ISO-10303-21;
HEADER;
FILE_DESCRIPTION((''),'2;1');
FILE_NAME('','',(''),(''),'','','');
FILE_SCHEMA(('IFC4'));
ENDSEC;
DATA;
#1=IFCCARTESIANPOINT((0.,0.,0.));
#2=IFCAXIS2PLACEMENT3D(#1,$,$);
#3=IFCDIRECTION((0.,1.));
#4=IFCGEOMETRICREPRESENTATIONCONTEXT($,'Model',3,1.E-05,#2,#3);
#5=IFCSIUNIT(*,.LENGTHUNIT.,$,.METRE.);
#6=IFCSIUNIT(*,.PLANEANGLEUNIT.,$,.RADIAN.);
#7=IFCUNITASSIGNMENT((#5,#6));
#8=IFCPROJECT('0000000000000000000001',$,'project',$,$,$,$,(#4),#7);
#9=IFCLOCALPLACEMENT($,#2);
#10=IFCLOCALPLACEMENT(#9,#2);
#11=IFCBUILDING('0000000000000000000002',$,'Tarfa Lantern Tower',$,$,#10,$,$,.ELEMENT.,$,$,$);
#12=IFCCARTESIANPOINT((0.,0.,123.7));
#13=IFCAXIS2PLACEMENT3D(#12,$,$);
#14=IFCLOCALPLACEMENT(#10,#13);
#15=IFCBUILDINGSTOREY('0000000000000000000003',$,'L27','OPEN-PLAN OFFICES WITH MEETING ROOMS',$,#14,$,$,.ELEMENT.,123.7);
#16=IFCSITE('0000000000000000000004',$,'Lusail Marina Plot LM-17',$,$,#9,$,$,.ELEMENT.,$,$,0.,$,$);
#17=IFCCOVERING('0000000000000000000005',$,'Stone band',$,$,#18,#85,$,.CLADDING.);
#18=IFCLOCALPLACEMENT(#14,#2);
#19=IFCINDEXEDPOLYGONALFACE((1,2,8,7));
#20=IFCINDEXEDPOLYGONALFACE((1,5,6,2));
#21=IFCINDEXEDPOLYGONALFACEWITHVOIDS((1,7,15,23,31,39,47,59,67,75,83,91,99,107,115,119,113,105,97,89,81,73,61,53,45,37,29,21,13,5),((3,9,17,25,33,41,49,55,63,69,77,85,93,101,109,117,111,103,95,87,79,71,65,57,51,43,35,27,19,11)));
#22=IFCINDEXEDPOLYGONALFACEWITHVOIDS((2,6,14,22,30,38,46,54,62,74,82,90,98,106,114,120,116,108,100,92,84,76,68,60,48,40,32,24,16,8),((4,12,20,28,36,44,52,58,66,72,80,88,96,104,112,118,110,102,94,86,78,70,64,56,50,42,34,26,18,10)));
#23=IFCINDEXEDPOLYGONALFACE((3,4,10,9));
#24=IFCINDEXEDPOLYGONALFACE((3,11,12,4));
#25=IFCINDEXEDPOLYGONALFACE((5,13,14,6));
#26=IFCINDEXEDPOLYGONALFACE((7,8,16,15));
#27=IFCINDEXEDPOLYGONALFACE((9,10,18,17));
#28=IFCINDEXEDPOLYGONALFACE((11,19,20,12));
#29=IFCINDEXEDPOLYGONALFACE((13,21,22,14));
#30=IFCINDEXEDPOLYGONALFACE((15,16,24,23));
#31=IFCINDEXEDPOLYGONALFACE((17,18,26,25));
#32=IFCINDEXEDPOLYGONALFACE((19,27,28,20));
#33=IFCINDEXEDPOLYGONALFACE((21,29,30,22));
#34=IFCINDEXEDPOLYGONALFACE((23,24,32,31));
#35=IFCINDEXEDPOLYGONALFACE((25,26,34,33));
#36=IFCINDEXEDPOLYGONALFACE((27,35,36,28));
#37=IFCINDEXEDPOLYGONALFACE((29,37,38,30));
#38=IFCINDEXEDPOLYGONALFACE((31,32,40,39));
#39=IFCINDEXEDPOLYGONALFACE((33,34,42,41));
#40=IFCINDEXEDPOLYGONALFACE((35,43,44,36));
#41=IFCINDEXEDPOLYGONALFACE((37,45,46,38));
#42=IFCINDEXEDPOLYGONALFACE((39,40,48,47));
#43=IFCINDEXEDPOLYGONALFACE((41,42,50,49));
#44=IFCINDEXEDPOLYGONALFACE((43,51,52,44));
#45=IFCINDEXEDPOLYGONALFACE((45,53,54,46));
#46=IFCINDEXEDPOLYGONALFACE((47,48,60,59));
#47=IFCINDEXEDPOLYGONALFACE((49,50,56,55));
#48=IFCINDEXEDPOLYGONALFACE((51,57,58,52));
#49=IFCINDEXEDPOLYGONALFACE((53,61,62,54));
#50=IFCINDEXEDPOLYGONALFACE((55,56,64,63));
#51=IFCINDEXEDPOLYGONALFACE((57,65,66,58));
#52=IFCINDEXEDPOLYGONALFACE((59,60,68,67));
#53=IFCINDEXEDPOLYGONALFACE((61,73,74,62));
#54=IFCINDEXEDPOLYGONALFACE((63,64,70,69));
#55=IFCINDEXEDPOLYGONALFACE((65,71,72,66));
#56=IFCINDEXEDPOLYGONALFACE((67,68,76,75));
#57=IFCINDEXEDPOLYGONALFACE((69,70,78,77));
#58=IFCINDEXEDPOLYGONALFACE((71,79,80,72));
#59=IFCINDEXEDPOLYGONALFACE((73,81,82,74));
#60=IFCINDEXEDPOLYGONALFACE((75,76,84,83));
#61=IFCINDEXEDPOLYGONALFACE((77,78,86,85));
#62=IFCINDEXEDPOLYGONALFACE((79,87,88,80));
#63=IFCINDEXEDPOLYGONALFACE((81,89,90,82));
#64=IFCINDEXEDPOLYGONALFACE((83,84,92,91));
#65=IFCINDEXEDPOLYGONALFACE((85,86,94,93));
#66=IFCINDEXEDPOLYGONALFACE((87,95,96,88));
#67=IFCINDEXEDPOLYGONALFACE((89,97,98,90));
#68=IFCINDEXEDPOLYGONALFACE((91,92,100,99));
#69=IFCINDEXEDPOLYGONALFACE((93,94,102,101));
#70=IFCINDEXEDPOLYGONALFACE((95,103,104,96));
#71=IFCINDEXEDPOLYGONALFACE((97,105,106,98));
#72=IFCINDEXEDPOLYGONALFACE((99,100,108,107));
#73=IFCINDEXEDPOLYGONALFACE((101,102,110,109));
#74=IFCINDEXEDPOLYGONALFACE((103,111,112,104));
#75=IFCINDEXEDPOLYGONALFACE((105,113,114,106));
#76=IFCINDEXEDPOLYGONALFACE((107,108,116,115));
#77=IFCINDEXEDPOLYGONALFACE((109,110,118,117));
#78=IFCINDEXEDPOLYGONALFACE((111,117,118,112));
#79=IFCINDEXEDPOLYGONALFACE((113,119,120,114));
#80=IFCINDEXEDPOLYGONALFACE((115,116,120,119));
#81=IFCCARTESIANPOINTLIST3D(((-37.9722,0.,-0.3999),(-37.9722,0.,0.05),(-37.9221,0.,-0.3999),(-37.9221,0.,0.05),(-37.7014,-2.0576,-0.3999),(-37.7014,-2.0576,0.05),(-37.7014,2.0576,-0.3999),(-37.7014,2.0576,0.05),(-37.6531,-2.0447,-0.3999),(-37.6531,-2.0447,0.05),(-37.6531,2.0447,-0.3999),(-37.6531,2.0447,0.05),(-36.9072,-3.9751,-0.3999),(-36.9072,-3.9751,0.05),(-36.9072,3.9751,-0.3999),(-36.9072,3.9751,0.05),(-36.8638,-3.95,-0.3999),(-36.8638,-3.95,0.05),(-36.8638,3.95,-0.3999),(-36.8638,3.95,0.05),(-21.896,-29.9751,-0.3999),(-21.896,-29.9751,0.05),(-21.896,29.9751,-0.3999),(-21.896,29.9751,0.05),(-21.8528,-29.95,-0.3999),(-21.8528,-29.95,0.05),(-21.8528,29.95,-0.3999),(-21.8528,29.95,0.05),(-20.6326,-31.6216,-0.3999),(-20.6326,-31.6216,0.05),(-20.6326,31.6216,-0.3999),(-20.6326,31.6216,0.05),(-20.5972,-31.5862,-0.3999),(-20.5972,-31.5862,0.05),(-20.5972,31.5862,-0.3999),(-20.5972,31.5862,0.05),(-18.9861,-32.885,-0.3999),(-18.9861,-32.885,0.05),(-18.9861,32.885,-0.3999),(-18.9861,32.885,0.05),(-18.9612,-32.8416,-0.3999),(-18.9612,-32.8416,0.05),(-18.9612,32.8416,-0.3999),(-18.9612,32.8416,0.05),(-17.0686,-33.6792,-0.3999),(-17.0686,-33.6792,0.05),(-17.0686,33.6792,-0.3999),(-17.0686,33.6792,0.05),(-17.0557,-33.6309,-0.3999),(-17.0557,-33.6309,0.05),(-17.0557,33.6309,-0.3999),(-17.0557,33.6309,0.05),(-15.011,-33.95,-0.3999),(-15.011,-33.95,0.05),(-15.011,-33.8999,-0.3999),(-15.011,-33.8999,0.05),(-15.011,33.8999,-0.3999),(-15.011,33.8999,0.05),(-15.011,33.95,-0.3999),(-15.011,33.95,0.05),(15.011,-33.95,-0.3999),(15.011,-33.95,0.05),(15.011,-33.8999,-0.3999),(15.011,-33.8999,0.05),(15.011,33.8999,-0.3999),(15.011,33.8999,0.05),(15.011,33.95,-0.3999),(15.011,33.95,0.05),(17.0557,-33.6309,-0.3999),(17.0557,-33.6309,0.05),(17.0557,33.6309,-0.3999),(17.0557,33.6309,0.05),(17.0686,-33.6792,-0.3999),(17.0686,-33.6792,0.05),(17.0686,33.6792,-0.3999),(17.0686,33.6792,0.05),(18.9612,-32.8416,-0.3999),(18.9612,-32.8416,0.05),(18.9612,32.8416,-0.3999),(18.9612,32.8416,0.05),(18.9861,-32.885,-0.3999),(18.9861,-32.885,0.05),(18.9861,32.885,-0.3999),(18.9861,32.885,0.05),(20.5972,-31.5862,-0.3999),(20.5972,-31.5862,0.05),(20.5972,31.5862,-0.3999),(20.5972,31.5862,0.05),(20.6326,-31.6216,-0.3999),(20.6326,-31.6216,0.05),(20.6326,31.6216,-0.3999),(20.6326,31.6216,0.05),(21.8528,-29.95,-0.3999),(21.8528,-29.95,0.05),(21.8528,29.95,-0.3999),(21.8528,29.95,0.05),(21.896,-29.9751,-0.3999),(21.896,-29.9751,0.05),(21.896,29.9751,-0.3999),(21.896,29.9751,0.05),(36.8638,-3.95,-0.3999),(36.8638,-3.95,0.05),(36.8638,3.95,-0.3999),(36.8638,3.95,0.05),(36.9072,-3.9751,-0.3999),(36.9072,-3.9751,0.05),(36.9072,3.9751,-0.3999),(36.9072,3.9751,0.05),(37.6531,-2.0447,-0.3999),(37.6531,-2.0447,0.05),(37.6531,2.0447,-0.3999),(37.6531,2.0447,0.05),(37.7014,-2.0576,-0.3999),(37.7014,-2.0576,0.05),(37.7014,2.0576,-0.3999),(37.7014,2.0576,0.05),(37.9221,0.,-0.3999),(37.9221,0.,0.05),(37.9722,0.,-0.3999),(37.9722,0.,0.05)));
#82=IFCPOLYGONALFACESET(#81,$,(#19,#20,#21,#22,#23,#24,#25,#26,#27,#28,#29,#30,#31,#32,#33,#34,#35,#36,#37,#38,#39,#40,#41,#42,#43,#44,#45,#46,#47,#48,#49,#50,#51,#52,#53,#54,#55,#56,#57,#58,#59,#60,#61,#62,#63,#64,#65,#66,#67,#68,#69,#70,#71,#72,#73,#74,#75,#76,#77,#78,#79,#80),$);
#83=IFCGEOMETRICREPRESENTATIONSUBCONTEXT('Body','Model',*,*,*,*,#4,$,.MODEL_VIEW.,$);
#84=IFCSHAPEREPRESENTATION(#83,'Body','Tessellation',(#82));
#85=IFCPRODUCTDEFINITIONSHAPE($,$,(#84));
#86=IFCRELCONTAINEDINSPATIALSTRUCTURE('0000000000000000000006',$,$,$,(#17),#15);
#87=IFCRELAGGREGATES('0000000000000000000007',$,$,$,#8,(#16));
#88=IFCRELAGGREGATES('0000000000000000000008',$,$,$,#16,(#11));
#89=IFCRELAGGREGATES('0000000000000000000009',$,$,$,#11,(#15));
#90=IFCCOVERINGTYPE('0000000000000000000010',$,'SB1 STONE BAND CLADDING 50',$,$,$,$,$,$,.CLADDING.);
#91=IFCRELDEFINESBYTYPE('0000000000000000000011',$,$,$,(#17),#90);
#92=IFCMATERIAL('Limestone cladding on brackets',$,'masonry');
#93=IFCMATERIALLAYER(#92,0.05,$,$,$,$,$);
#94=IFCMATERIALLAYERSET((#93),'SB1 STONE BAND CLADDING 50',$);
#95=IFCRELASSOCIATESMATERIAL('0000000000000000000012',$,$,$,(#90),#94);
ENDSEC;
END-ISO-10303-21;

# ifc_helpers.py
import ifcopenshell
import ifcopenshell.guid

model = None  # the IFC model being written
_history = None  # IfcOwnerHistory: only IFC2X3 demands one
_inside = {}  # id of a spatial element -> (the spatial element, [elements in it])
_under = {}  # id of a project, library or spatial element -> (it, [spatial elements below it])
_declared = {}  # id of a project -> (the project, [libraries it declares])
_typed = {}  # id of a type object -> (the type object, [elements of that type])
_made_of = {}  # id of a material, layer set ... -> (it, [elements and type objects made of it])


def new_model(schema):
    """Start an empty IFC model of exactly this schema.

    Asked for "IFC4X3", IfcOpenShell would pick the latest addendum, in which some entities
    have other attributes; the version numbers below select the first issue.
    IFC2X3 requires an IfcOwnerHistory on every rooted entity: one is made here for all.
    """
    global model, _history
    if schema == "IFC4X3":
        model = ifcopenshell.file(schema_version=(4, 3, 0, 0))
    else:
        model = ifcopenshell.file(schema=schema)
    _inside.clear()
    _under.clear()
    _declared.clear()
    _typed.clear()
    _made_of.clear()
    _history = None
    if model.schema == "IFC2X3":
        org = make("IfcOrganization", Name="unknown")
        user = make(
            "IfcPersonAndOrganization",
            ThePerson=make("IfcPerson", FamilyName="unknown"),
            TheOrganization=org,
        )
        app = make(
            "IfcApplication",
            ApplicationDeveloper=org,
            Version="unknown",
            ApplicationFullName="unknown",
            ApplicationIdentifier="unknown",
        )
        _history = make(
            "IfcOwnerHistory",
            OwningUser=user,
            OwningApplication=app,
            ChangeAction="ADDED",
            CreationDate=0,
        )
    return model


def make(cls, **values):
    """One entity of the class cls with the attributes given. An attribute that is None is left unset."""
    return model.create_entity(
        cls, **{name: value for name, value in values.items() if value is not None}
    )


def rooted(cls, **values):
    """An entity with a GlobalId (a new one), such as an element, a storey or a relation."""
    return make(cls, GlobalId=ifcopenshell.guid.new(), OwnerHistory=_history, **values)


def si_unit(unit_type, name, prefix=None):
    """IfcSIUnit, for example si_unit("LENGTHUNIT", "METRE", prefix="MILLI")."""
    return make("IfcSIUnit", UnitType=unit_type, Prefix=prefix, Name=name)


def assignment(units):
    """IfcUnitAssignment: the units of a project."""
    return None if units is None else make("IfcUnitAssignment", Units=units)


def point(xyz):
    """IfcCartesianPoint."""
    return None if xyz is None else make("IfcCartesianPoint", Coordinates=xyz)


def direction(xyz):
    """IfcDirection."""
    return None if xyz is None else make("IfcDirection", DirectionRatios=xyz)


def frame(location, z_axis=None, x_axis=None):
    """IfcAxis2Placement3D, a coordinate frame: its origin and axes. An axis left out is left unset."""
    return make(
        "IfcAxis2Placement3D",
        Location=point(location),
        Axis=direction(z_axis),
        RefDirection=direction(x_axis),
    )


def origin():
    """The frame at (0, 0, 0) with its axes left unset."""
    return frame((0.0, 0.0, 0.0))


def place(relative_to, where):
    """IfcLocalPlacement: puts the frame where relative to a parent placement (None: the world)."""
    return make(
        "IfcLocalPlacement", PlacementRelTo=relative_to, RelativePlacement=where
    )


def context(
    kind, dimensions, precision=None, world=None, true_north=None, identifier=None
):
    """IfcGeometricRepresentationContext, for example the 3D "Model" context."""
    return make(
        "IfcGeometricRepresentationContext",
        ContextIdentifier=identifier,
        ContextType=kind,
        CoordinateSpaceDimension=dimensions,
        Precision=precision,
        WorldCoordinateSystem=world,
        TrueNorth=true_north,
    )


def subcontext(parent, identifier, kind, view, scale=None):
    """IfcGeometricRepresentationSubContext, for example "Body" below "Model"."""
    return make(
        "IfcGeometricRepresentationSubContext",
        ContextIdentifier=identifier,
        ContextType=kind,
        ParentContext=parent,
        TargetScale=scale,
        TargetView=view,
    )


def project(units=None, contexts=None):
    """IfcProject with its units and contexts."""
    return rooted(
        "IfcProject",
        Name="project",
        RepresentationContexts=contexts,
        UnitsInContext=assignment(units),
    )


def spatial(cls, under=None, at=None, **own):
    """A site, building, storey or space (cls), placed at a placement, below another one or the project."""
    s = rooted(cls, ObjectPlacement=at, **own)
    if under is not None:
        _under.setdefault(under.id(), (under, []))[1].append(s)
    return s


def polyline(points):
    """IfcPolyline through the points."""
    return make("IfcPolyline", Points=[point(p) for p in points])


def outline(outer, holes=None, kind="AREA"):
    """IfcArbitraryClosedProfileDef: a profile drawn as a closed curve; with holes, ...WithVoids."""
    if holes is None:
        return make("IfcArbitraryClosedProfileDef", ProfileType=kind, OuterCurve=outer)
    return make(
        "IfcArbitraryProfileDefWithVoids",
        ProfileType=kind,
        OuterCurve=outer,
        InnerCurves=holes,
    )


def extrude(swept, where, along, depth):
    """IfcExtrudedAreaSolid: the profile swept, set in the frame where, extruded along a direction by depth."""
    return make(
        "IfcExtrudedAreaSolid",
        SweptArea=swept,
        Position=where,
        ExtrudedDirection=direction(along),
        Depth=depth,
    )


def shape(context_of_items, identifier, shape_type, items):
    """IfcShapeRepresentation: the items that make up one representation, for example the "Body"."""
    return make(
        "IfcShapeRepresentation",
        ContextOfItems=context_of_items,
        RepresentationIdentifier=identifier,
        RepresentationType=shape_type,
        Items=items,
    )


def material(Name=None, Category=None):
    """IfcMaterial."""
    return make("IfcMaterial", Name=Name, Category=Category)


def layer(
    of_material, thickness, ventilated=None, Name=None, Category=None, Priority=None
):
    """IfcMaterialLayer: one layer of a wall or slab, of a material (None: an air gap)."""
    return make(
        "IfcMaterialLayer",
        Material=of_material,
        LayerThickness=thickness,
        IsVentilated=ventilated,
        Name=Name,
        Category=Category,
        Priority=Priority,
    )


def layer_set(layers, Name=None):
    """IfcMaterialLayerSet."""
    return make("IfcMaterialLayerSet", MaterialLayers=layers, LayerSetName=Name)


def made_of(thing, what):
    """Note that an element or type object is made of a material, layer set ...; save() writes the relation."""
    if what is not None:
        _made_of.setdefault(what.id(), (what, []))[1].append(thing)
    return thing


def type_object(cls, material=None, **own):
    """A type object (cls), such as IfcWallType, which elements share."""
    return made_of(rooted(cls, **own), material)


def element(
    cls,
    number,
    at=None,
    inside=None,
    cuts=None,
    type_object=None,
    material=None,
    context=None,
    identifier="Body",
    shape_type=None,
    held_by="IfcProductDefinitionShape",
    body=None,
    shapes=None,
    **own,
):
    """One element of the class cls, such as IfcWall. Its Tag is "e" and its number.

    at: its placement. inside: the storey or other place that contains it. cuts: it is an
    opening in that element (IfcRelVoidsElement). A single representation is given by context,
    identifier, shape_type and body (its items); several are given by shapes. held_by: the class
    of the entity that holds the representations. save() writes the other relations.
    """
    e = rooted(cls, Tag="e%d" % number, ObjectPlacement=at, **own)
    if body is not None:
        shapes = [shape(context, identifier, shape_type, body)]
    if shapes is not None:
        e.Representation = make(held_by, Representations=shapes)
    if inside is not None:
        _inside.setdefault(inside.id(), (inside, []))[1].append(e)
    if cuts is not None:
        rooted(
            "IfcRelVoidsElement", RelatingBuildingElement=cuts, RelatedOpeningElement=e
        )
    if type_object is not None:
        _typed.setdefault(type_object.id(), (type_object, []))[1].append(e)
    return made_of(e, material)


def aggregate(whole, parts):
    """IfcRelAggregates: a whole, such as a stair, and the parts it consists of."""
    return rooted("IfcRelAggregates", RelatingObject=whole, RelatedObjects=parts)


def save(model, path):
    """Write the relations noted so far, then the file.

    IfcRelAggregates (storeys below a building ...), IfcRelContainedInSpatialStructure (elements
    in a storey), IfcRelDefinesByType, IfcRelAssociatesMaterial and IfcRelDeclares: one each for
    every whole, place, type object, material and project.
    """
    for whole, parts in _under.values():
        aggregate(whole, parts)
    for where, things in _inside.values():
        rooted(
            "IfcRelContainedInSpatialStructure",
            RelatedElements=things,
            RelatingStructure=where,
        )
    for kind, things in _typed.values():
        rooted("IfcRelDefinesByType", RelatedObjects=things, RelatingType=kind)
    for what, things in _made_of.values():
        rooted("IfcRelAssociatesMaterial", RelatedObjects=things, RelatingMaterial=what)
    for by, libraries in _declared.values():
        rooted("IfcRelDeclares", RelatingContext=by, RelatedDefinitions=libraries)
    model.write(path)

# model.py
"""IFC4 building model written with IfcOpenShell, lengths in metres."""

from ifc_helpers import new_model, si_unit, direction, frame, origin, place, context, subcontext, project, spatial, polyline, outline, extrude, material, layer, layer_set, type_object, element, save


model = new_model("IFC4")

# Units and contexts
model_context = context("Model", 3, precision=1e-05, world=origin(), true_north=direction((0.0, 1.0)))
body_context = subcontext(model_context, "Body", "Model", "MODEL_VIEW")
ifc_project = project(units=[si_unit("LENGTHUNIT", "METRE"), si_unit("PLANEANGLEUNIT", "RADIAN")], contexts=[model_context])

# Site, building, storey
site_placement = place(None, origin())
site = spatial("IfcSite", under=ifc_project, at=site_placement, Name="Lusail Marina Plot LM-17", CompositionType="ELEMENT", RefElevation=0.0)
building_placement = place(site_placement, origin())
building = spatial("IfcBuilding", under=site, at=building_placement, Name="Tarfa Lantern Tower", CompositionType="ELEMENT")
storey_placement = place(building_placement, frame((0.0, 0.0, 123.7)))
storey = spatial("IfcBuildingStorey", under=building, at=storey_placement, Name="L27", Description="OPEN-PLAN OFFICES WITH MEETING ROOMS", CompositionType="ELEMENT", Elevation=123.7)

# Covering
ifc_material_1 = material(Name="Limestone cladding on brackets", Category="masonry")
ifc_layer_1 = layer(ifc_material_1, 0.05)
ifc_layer_set_1 = layer_set([ifc_layer_1], Name="SB1 STONE BAND CLADDING 50")
covering_type_1 = type_object("IfcCoveringType", Name="SB1 STONE BAND CLADDING 50", PredefinedType="CLADDING", material=ifc_layer_set_1)
covering_1_placement = place(storey_placement, frame((0.0, 0.0, -0.3999)))
element("IfcCovering", 1, at=covering_1_placement, inside=storey, type_object=covering_type_1, Name="Stone band", PredefinedType="CLADDING", context=body_context, shape_type="SweptSolid", body=[
    extrude(outline(polyline([(36.9072, 3.9751), (21.896, 29.9751), (20.6326, 31.6216), (18.9861, 32.885), (17.0686, 33.6792), (15.011, 33.95), (-15.011, 33.95), (-17.0686, 33.6792), (-18.9861, 32.885), (-20.6326, 31.6216), (-21.896, 29.9751), (-36.9072, 3.9751), (-37.7014, 2.0576), (-37.9722, 0.0), (-37.7014, -2.0576), (-36.9072, -3.9751), (-21.896, -29.9751), (-20.6326, -31.6216), (-18.9861, -32.885), (-17.0686, -33.6792), (-15.011, -33.95), (15.011, -33.95), (17.0686, -33.6792), (18.9861, -32.885), (20.6326, -31.6216), (21.896, -29.9751), (36.9072, -3.9751), (37.7014, -2.0576), (37.9722, 0.0), (37.7014, 2.0576), (36.9072, 3.9751)]), holes=[polyline([(36.8638, 3.95), (21.8528, 29.95), (20.5972, 31.5862), (18.9612, 32.8416), (17.0557, 33.6309), (15.011, 33.8999), (-15.011, 33.8999), (-17.0557, 33.6309), (-18.9612, 32.8416), (-20.5972, 31.5862), (-21.8528, 29.95), (-36.8638, 3.95), (-37.6531, 2.0447), (-37.9221, 0.0), (-37.6531, -2.0447), (-36.8638, -3.95), (-21.8528, -29.95), (-20.5972, -31.5862), (-18.9612, -32.8416), (-17.0557, -33.6309), (-15.011, -33.8999), (15.011, -33.8999), (17.0557, -33.6309), (18.9612, -32.8416), (20.5972, -31.5862), (21.8528, -29.95), (36.8638, -3.95), (37.6531, -2.0447), (37.9221, 0.0), (37.6531, 2.0447), (36.8638, 3.95)])]), origin(), (0.0, 0.0, 1.0), 0.45),
])

save(model, "model.ifc")
